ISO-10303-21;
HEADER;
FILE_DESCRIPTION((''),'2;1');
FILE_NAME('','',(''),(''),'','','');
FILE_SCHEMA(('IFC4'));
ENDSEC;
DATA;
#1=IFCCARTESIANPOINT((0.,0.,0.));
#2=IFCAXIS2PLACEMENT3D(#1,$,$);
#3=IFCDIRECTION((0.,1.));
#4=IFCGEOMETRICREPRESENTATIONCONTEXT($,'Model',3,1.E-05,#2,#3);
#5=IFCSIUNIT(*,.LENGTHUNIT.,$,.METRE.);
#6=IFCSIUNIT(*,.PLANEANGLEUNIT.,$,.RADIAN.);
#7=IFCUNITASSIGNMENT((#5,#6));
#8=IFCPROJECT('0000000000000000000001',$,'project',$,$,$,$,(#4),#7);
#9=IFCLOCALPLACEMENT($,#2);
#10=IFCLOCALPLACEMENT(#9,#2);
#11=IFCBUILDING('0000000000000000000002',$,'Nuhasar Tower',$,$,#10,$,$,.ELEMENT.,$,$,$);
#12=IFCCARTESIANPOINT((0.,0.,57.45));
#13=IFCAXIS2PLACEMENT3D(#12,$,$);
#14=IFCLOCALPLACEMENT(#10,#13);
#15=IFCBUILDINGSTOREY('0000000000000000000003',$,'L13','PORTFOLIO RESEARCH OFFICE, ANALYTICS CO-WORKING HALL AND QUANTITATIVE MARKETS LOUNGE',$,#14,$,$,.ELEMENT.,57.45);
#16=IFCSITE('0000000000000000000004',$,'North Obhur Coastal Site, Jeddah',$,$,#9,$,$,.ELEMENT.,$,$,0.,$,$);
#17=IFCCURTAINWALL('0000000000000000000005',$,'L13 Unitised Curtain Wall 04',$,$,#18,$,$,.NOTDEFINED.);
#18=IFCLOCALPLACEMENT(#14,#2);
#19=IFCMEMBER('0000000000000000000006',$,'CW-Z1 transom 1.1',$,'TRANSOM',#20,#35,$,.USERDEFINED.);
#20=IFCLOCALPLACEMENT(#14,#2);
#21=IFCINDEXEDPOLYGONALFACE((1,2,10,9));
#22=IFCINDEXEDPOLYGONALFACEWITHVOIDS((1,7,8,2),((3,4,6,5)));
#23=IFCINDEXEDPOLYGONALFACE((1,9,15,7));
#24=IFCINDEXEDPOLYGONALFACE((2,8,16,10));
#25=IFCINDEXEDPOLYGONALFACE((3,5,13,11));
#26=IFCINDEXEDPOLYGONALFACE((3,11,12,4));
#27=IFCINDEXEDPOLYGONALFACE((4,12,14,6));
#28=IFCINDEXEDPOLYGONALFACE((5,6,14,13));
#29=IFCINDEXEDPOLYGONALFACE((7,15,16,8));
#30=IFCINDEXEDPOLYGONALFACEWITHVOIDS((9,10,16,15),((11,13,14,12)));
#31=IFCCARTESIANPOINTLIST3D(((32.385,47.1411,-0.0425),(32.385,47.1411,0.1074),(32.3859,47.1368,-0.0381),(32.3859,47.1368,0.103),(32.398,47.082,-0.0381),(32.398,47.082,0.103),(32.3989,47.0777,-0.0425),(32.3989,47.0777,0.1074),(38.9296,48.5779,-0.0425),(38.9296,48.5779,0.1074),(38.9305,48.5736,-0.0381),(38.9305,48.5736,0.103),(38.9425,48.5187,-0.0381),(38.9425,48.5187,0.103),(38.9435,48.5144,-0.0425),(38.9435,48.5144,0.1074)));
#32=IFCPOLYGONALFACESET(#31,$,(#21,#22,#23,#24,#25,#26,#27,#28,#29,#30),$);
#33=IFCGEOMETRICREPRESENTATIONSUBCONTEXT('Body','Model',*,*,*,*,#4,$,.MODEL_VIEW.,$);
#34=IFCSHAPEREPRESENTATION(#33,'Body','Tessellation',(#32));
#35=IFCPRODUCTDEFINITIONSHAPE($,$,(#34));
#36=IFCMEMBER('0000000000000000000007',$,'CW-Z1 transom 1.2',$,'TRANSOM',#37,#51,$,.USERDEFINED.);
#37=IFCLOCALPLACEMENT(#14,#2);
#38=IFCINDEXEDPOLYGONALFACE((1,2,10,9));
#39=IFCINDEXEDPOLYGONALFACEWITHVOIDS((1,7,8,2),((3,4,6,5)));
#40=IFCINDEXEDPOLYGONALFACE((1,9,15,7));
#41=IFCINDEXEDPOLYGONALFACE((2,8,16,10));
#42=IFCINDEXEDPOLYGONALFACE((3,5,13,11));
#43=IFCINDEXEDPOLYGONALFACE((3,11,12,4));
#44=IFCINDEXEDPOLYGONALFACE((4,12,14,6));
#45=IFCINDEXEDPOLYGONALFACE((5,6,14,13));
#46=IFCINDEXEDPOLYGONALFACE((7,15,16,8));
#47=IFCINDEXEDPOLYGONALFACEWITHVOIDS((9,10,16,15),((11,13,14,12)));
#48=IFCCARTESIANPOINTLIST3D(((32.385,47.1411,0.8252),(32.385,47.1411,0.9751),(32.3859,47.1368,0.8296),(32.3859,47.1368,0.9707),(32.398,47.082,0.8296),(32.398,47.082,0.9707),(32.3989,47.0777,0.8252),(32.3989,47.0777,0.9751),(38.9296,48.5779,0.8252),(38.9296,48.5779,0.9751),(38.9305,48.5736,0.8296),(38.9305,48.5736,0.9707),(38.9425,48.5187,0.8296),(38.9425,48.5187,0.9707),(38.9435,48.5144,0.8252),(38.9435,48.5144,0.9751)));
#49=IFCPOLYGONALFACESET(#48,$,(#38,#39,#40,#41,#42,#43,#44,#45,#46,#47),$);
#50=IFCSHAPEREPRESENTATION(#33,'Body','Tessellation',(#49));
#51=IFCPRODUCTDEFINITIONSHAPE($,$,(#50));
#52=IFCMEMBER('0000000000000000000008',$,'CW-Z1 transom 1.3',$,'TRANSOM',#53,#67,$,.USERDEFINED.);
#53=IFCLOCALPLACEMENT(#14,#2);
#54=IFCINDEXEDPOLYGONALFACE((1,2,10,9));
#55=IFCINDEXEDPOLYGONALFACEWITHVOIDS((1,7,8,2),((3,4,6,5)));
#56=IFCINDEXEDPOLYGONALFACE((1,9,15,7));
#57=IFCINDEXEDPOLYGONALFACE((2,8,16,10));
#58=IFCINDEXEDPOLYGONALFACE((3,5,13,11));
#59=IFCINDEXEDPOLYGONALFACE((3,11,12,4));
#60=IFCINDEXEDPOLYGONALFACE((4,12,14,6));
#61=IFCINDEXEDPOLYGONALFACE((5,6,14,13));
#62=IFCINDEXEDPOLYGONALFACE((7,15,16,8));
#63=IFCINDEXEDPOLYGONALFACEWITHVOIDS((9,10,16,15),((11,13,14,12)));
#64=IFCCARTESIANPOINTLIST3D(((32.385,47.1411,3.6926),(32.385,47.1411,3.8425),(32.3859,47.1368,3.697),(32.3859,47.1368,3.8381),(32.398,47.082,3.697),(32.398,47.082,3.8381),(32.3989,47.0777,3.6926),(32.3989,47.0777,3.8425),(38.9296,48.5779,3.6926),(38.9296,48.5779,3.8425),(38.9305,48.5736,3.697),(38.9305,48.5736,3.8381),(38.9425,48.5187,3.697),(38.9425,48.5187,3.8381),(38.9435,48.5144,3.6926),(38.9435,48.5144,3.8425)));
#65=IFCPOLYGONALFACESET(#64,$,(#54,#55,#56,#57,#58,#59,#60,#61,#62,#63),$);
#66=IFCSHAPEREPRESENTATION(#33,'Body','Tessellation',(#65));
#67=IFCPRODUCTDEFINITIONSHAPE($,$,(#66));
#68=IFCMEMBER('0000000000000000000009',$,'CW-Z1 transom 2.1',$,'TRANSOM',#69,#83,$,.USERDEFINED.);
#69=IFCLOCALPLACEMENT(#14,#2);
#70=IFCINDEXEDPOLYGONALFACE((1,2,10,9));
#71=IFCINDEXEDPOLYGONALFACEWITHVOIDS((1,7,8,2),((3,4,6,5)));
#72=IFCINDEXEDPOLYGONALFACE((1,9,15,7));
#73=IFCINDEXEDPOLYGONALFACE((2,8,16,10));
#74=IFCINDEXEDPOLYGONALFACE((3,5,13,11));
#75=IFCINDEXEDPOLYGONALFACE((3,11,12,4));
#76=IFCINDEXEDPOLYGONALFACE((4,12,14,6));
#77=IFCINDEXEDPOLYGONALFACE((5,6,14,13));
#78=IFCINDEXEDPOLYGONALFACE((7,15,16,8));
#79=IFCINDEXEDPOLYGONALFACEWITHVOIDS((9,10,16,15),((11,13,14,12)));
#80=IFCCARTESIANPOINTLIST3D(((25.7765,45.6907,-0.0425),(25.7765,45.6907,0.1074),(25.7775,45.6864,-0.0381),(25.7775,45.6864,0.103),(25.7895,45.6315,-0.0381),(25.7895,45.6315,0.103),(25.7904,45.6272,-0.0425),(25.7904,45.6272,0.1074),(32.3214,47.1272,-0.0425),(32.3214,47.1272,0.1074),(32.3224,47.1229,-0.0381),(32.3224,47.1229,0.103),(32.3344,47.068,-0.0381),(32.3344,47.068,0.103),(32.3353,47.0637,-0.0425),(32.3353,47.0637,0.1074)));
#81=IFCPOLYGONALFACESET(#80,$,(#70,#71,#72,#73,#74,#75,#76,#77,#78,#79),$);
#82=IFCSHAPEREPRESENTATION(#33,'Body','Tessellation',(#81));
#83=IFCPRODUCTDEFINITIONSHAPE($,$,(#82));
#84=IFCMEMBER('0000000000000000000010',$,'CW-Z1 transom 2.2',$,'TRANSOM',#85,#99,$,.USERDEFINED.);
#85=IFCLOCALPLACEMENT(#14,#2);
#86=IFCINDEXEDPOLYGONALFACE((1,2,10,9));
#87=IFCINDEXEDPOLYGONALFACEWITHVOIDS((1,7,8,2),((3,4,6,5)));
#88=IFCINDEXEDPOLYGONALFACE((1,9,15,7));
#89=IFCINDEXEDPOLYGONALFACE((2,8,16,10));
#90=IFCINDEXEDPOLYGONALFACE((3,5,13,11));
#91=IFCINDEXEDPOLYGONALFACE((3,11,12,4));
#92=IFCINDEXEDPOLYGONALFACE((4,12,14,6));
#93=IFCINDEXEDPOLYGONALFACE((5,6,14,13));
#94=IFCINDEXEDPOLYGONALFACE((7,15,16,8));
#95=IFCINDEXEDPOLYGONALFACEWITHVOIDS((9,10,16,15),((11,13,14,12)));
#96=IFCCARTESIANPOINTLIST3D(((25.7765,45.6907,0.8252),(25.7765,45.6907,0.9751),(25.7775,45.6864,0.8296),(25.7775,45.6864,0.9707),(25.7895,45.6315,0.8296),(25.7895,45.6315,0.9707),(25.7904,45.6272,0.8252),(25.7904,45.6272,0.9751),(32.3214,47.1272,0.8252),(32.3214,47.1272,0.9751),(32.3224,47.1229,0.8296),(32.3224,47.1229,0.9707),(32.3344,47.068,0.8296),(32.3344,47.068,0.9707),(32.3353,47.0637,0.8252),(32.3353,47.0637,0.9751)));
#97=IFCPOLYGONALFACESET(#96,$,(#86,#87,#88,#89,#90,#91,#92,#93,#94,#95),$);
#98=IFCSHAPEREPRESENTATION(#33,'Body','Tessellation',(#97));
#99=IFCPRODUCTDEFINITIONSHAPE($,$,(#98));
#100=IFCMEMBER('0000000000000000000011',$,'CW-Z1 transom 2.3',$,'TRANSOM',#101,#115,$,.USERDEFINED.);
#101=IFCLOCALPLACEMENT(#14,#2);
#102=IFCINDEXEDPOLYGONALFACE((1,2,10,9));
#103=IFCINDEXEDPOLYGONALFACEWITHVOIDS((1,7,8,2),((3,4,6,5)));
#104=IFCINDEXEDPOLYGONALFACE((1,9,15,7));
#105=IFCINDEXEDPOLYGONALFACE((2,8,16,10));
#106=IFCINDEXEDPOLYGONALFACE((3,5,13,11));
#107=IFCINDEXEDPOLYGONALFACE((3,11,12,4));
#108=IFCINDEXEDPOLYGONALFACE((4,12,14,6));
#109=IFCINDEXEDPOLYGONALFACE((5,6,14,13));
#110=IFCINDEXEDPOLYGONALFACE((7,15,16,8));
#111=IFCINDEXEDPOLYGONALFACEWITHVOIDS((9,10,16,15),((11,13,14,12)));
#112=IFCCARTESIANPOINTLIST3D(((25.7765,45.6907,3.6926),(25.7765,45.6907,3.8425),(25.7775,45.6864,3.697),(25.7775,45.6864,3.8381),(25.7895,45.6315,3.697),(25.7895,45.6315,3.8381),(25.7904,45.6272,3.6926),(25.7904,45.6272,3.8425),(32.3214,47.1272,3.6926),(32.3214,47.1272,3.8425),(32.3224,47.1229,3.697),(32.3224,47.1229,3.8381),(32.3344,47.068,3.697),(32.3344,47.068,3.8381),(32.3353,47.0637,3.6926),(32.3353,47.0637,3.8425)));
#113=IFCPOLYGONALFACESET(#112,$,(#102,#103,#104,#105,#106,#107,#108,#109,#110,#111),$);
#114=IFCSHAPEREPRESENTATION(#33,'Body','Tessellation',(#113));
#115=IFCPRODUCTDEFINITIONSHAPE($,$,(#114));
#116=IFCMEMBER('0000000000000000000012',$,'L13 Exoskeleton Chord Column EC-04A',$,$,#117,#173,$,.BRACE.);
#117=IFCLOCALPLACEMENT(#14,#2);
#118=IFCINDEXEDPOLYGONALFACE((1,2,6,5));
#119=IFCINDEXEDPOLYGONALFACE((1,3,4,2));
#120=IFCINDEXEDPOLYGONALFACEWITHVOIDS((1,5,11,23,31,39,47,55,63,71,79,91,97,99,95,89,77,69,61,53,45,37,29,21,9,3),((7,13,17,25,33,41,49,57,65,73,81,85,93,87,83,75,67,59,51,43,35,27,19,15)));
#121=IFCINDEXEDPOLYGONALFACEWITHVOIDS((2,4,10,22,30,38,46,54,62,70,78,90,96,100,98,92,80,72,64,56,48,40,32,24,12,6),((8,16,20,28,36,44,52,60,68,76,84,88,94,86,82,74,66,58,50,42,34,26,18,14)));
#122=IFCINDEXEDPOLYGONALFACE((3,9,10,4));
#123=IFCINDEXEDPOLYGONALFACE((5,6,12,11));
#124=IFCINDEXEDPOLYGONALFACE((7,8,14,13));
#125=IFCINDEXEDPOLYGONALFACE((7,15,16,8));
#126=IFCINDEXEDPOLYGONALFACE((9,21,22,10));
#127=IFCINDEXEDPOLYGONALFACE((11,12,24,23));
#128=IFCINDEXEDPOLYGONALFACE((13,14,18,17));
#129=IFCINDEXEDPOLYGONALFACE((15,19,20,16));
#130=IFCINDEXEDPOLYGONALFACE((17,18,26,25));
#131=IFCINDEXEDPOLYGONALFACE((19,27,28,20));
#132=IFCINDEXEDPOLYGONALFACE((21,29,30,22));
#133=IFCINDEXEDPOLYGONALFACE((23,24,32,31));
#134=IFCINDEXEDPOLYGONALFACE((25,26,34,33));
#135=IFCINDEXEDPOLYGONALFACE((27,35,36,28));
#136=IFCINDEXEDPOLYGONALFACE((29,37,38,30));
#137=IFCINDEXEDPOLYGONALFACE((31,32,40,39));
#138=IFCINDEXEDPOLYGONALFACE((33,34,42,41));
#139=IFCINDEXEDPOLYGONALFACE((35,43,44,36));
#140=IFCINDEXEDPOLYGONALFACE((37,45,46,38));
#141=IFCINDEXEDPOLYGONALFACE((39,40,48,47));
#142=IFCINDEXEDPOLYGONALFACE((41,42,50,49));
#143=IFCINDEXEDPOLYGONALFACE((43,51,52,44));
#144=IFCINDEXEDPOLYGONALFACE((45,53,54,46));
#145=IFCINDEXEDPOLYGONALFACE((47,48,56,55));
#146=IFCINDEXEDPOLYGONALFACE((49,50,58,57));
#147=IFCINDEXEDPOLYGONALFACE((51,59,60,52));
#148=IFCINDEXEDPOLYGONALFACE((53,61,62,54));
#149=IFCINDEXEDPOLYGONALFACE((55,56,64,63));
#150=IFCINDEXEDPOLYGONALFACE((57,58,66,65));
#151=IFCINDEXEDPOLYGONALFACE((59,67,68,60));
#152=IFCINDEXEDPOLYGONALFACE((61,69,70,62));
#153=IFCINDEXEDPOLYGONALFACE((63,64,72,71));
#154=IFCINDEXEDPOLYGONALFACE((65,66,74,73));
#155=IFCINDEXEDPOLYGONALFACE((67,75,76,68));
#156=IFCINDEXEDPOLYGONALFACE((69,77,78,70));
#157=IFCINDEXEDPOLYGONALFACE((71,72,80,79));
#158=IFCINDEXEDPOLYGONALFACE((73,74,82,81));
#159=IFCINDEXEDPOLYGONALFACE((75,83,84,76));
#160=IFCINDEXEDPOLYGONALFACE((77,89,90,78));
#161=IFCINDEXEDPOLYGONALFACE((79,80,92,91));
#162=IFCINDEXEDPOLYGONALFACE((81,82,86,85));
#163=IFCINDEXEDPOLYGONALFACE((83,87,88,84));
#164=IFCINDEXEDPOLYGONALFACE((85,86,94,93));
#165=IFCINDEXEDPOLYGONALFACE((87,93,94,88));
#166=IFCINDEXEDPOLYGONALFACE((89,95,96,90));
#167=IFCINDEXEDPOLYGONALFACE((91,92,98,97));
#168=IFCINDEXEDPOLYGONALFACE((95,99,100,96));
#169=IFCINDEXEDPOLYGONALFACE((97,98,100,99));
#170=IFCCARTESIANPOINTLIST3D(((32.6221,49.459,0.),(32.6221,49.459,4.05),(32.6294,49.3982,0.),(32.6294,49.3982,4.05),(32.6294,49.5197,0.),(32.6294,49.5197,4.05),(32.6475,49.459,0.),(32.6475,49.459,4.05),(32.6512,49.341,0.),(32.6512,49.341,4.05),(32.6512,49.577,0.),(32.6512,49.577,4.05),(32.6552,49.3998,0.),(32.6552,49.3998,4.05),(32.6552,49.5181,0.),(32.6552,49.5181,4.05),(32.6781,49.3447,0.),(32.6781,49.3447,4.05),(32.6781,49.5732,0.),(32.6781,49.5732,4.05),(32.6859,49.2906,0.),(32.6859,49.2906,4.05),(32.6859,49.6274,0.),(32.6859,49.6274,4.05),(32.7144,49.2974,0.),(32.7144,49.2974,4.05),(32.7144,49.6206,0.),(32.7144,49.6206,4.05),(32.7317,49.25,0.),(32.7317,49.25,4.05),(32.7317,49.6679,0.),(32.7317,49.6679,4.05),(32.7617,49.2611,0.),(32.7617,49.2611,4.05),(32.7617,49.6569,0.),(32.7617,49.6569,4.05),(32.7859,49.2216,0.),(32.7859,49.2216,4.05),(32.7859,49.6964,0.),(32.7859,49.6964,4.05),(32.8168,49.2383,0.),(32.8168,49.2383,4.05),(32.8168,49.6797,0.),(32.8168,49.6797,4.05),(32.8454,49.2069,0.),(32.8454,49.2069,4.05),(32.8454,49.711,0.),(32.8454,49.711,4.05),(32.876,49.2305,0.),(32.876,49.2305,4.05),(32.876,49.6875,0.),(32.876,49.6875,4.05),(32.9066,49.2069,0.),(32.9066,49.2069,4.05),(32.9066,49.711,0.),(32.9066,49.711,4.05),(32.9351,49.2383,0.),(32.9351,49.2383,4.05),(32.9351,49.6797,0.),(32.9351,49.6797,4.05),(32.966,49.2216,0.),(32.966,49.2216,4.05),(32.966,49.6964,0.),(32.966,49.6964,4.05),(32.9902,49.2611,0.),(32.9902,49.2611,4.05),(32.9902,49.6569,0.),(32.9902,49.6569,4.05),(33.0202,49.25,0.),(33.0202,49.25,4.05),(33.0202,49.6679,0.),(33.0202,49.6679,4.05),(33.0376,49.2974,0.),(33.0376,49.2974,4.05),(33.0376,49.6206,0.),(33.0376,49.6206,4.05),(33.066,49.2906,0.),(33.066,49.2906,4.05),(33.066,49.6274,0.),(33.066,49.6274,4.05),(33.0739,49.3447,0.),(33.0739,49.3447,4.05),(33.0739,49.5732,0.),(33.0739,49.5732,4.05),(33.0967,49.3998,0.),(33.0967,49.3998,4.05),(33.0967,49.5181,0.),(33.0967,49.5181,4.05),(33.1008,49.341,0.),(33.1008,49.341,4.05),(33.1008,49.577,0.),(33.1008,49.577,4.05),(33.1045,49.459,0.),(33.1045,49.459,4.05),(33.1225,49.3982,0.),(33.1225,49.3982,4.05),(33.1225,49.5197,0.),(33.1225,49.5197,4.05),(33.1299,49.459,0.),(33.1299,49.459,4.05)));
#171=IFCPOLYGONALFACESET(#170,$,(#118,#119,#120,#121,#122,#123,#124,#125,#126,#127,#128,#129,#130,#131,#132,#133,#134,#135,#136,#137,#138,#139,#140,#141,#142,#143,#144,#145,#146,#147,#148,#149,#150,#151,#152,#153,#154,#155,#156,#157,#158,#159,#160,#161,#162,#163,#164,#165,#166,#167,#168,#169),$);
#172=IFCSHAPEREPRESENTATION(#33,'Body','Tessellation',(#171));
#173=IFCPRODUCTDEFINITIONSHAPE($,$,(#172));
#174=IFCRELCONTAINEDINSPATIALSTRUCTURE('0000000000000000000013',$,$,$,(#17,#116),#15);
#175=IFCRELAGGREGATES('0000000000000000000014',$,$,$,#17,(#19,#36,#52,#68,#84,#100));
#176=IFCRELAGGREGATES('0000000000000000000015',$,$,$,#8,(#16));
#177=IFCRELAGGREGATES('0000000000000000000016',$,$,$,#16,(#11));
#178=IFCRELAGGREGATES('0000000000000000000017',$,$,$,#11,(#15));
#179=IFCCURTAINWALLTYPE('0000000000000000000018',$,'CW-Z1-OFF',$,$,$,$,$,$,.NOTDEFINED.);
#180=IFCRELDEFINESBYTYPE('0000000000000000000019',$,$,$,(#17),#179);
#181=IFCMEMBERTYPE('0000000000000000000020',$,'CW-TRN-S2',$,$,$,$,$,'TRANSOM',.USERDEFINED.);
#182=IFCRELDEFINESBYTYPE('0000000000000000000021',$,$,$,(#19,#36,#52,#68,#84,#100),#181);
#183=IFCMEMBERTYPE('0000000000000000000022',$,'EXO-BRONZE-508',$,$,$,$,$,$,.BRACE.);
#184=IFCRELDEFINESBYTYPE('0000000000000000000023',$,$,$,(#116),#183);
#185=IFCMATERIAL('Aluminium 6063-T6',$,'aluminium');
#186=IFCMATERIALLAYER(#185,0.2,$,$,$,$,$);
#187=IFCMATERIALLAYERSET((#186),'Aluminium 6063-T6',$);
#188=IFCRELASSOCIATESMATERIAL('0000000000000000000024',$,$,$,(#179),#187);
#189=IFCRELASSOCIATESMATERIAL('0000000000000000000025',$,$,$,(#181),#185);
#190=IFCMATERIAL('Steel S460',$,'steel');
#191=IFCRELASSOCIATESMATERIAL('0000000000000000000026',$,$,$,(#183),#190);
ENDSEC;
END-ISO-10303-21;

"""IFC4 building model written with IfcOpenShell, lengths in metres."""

from ifc_helpers import new_model, si_unit, direction, frame, origin, origin_2d, place, context, subcontext, project, spatial, hollow_rectangle, hollow_circle, extrude, material, layer, layer_set, material_profile, profile_set, type_object, element, aggregate, save


model = new_model("IFC4")

# Units and contexts
model_context = context("Model", 3, precision=1e-05, world=origin(), true_north=direction((0.0, 1.0)))
body_context = subcontext(model_context, "Body", "Model", "MODEL_VIEW")
ifc_project = project(units=[si_unit("LENGTHUNIT", "METRE"), si_unit("PLANEANGLEUNIT", "RADIAN")], contexts=[model_context])

# Site, building, storey
site_placement = place(None, origin())
site = spatial("IfcSite", under=ifc_project, at=site_placement, Name="North Obhur Coastal Site, Jeddah", CompositionType="ELEMENT", RefElevation=0.0)
building_placement = place(site_placement, origin())
building = spatial("IfcBuilding", under=site, at=building_placement, Name="Nuhasar Tower", CompositionType="ELEMENT")
storey_placement = place(building_placement, frame((0.0, 0.0, 57.45)))
storey = spatial("IfcBuildingStorey", under=building, at=storey_placement, Name="L13", Description="PORTFOLIO RESEARCH OFFICE, ANALYTICS CO-WORKING HALL AND QUANTITATIVE MARKETS LOUNGE", CompositionType="ELEMENT", Elevation=57.45)

# Curtain wall, members
ifc_material_1 = material(Name="Aluminium 6063-T6", Category="aluminium")
ifc_layer_1 = layer(ifc_material_1, 0.2)
ifc_layer_set_1 = layer_set([ifc_layer_1], Name="Aluminium 6063-T6")
curtain_wall_type = type_object("IfcCurtainWallType", Name="CW-Z1-OFF", PredefinedType="NOTDEFINED", material=ifc_layer_set_1)
curtain_wall_placement = place(storey_placement, origin())
curtain_wall = element("IfcCurtainWall", 1, at=curtain_wall_placement, inside=storey, type_object=curtain_wall_type, Name="L13 Unitised Curtain Wall 04", PredefinedType="NOTDEFINED")
ifc_material_profile_1 = material_profile(ifc_material_1, hollow_rectangle(XDim=0.0649, YDim=0.1499, WallThickness=0.0044, at=origin_2d()), Name="CWT-2")
ifc_profile_set_1 = profile_set([ifc_material_profile_1], Name="Aluminium 6063-T6")
member_type_1 = type_object("IfcMemberType", Name="CW-TRN-S2", ElementType="TRANSOM", PredefinedType="USERDEFINED", material=ifc_profile_set_1)
member_1_placement = place(storey_placement, frame((38.9365, 48.5461, 0.0325), z_axis=(-0.97674, -0.214426, 0.0), x_axis=(0.214426, -0.97674, 0.0)))
member_1 = element("IfcMember", 2, at=member_1_placement, type_object=member_type_1, Name="CW-Z1 transom 1.1", ObjectType="TRANSOM", PredefinedType="USERDEFINED", context=body_context, shape_type="SweptSolid", body=[
    extrude(hollow_rectangle(XDim=0.0649, YDim=0.1499, WallThickness=0.0044, at=origin_2d()), origin(), (0.0, 0.0, 1.0), 6.7004),
])
member_2_placement = place(storey_placement, frame((38.9365, 48.5461, 0.9001), z_axis=(-0.97674, -0.214426, 0.0), x_axis=(0.214426, -0.97674, 0.0)))
member_2 = element("IfcMember", 3, at=member_2_placement, type_object=member_type_1, Name="CW-Z1 transom 1.2", ObjectType="TRANSOM", PredefinedType="USERDEFINED", context=body_context, shape_type="SweptSolid", body=[
    extrude(hollow_rectangle(XDim=0.0649, YDim=0.1499, WallThickness=0.0044, at=origin_2d()), origin(), (0.0, 0.0, 1.0), 6.7004),
])
member_3_placement = place(storey_placement, frame((38.9365, 48.5461, 3.7676), z_axis=(-0.97674, -0.214426, 0.0), x_axis=(0.214426, -0.97674, 0.0)))
member_3 = element("IfcMember", 4, at=member_3_placement, type_object=member_type_1, Name="CW-Z1 transom 1.3", ObjectType="TRANSOM", PredefinedType="USERDEFINED", context=body_context, shape_type="SweptSolid", body=[
    extrude(hollow_rectangle(XDim=0.0649, YDim=0.1499, WallThickness=0.0044, at=origin_2d()), origin(), (0.0, 0.0, 1.0), 6.7004),
])
member_4_placement = place(storey_placement, frame((32.3284, 47.0955, 0.0325), z_axis=(-0.97675, -0.214384, 0.0), x_axis=(0.214384, -0.97675, 0.0)))
member_4 = element("IfcMember", 5, at=member_4_placement, type_object=member_type_1, Name="CW-Z1 transom 2.1", ObjectType="TRANSOM", PredefinedType="USERDEFINED", context=body_context, shape_type="SweptSolid", body=[
    extrude(hollow_rectangle(XDim=0.0649, YDim=0.1499, WallThickness=0.0044, at=origin_2d()), origin(), (0.0, 0.0, 1.0), 6.7007),
])
member_5_placement = place(storey_placement, frame((32.3284, 47.0955, 0.9001), z_axis=(-0.97675, -0.214384, 0.0), x_axis=(0.214384, -0.97675, 0.0)))
member_5 = element("IfcMember", 6, at=member_5_placement, type_object=member_type_1, Name="CW-Z1 transom 2.2", ObjectType="TRANSOM", PredefinedType="USERDEFINED", context=body_context, shape_type="SweptSolid", body=[
    extrude(hollow_rectangle(XDim=0.0649, YDim=0.1499, WallThickness=0.0044, at=origin_2d()), origin(), (0.0, 0.0, 1.0), 6.7007),
])
member_6_placement = place(storey_placement, frame((32.3284, 47.0955, 3.7676), z_axis=(-0.97675, -0.214384, 0.0), x_axis=(0.214384, -0.97675, 0.0)))
member_6 = element("IfcMember", 7, at=member_6_placement, type_object=member_type_1, Name="CW-Z1 transom 2.3", ObjectType="TRANSOM", PredefinedType="USERDEFINED", context=body_context, shape_type="SweptSolid", body=[
    extrude(hollow_rectangle(XDim=0.0649, YDim=0.1499, WallThickness=0.0044, at=origin_2d()), origin(), (0.0, 0.0, 1.0), 6.7007),
])

# Member
ifc_material_2 = material(Name="Steel S460", Category="steel")
ifc_material_profile_2 = material_profile(ifc_material_2, hollow_circle(Radius=0.2539, WallThickness=0.0254, at=origin_2d()), Name="HSS508X25.4")
ifc_profile_set_2 = profile_set([ifc_material_profile_2], Name="Steel S460")
member_type_2 = type_object("IfcMemberType", Name="EXO-BRONZE-508", PredefinedType="BRACE", material=ifc_profile_set_2)
for number, where, z_axis, x_axis, name in (
    (8, (32.876, 49.459, 0.0), (0.0, 0.0, 1.0), (1.0, 0.0, 0.0), "L13 Exoskeleton Chord Column EC-04A"),
):
    element("IfcMember", number, at=place(storey_placement, frame(where, z_axis=z_axis, x_axis=x_axis)), inside=storey, type_object=member_type_2, Name=name, PredefinedType="BRACE", context=body_context, shape_type="SweptSolid", body=[
        extrude(hollow_circle(Radius=0.2539, WallThickness=0.0254, at=origin_2d()), origin(), (0.0, 0.0, 1.0), 4.05),
    ])

aggregate(curtain_wall, [member_1, member_2, member_3, member_4, member_5, member_6])

save(model, "model.ifc")
